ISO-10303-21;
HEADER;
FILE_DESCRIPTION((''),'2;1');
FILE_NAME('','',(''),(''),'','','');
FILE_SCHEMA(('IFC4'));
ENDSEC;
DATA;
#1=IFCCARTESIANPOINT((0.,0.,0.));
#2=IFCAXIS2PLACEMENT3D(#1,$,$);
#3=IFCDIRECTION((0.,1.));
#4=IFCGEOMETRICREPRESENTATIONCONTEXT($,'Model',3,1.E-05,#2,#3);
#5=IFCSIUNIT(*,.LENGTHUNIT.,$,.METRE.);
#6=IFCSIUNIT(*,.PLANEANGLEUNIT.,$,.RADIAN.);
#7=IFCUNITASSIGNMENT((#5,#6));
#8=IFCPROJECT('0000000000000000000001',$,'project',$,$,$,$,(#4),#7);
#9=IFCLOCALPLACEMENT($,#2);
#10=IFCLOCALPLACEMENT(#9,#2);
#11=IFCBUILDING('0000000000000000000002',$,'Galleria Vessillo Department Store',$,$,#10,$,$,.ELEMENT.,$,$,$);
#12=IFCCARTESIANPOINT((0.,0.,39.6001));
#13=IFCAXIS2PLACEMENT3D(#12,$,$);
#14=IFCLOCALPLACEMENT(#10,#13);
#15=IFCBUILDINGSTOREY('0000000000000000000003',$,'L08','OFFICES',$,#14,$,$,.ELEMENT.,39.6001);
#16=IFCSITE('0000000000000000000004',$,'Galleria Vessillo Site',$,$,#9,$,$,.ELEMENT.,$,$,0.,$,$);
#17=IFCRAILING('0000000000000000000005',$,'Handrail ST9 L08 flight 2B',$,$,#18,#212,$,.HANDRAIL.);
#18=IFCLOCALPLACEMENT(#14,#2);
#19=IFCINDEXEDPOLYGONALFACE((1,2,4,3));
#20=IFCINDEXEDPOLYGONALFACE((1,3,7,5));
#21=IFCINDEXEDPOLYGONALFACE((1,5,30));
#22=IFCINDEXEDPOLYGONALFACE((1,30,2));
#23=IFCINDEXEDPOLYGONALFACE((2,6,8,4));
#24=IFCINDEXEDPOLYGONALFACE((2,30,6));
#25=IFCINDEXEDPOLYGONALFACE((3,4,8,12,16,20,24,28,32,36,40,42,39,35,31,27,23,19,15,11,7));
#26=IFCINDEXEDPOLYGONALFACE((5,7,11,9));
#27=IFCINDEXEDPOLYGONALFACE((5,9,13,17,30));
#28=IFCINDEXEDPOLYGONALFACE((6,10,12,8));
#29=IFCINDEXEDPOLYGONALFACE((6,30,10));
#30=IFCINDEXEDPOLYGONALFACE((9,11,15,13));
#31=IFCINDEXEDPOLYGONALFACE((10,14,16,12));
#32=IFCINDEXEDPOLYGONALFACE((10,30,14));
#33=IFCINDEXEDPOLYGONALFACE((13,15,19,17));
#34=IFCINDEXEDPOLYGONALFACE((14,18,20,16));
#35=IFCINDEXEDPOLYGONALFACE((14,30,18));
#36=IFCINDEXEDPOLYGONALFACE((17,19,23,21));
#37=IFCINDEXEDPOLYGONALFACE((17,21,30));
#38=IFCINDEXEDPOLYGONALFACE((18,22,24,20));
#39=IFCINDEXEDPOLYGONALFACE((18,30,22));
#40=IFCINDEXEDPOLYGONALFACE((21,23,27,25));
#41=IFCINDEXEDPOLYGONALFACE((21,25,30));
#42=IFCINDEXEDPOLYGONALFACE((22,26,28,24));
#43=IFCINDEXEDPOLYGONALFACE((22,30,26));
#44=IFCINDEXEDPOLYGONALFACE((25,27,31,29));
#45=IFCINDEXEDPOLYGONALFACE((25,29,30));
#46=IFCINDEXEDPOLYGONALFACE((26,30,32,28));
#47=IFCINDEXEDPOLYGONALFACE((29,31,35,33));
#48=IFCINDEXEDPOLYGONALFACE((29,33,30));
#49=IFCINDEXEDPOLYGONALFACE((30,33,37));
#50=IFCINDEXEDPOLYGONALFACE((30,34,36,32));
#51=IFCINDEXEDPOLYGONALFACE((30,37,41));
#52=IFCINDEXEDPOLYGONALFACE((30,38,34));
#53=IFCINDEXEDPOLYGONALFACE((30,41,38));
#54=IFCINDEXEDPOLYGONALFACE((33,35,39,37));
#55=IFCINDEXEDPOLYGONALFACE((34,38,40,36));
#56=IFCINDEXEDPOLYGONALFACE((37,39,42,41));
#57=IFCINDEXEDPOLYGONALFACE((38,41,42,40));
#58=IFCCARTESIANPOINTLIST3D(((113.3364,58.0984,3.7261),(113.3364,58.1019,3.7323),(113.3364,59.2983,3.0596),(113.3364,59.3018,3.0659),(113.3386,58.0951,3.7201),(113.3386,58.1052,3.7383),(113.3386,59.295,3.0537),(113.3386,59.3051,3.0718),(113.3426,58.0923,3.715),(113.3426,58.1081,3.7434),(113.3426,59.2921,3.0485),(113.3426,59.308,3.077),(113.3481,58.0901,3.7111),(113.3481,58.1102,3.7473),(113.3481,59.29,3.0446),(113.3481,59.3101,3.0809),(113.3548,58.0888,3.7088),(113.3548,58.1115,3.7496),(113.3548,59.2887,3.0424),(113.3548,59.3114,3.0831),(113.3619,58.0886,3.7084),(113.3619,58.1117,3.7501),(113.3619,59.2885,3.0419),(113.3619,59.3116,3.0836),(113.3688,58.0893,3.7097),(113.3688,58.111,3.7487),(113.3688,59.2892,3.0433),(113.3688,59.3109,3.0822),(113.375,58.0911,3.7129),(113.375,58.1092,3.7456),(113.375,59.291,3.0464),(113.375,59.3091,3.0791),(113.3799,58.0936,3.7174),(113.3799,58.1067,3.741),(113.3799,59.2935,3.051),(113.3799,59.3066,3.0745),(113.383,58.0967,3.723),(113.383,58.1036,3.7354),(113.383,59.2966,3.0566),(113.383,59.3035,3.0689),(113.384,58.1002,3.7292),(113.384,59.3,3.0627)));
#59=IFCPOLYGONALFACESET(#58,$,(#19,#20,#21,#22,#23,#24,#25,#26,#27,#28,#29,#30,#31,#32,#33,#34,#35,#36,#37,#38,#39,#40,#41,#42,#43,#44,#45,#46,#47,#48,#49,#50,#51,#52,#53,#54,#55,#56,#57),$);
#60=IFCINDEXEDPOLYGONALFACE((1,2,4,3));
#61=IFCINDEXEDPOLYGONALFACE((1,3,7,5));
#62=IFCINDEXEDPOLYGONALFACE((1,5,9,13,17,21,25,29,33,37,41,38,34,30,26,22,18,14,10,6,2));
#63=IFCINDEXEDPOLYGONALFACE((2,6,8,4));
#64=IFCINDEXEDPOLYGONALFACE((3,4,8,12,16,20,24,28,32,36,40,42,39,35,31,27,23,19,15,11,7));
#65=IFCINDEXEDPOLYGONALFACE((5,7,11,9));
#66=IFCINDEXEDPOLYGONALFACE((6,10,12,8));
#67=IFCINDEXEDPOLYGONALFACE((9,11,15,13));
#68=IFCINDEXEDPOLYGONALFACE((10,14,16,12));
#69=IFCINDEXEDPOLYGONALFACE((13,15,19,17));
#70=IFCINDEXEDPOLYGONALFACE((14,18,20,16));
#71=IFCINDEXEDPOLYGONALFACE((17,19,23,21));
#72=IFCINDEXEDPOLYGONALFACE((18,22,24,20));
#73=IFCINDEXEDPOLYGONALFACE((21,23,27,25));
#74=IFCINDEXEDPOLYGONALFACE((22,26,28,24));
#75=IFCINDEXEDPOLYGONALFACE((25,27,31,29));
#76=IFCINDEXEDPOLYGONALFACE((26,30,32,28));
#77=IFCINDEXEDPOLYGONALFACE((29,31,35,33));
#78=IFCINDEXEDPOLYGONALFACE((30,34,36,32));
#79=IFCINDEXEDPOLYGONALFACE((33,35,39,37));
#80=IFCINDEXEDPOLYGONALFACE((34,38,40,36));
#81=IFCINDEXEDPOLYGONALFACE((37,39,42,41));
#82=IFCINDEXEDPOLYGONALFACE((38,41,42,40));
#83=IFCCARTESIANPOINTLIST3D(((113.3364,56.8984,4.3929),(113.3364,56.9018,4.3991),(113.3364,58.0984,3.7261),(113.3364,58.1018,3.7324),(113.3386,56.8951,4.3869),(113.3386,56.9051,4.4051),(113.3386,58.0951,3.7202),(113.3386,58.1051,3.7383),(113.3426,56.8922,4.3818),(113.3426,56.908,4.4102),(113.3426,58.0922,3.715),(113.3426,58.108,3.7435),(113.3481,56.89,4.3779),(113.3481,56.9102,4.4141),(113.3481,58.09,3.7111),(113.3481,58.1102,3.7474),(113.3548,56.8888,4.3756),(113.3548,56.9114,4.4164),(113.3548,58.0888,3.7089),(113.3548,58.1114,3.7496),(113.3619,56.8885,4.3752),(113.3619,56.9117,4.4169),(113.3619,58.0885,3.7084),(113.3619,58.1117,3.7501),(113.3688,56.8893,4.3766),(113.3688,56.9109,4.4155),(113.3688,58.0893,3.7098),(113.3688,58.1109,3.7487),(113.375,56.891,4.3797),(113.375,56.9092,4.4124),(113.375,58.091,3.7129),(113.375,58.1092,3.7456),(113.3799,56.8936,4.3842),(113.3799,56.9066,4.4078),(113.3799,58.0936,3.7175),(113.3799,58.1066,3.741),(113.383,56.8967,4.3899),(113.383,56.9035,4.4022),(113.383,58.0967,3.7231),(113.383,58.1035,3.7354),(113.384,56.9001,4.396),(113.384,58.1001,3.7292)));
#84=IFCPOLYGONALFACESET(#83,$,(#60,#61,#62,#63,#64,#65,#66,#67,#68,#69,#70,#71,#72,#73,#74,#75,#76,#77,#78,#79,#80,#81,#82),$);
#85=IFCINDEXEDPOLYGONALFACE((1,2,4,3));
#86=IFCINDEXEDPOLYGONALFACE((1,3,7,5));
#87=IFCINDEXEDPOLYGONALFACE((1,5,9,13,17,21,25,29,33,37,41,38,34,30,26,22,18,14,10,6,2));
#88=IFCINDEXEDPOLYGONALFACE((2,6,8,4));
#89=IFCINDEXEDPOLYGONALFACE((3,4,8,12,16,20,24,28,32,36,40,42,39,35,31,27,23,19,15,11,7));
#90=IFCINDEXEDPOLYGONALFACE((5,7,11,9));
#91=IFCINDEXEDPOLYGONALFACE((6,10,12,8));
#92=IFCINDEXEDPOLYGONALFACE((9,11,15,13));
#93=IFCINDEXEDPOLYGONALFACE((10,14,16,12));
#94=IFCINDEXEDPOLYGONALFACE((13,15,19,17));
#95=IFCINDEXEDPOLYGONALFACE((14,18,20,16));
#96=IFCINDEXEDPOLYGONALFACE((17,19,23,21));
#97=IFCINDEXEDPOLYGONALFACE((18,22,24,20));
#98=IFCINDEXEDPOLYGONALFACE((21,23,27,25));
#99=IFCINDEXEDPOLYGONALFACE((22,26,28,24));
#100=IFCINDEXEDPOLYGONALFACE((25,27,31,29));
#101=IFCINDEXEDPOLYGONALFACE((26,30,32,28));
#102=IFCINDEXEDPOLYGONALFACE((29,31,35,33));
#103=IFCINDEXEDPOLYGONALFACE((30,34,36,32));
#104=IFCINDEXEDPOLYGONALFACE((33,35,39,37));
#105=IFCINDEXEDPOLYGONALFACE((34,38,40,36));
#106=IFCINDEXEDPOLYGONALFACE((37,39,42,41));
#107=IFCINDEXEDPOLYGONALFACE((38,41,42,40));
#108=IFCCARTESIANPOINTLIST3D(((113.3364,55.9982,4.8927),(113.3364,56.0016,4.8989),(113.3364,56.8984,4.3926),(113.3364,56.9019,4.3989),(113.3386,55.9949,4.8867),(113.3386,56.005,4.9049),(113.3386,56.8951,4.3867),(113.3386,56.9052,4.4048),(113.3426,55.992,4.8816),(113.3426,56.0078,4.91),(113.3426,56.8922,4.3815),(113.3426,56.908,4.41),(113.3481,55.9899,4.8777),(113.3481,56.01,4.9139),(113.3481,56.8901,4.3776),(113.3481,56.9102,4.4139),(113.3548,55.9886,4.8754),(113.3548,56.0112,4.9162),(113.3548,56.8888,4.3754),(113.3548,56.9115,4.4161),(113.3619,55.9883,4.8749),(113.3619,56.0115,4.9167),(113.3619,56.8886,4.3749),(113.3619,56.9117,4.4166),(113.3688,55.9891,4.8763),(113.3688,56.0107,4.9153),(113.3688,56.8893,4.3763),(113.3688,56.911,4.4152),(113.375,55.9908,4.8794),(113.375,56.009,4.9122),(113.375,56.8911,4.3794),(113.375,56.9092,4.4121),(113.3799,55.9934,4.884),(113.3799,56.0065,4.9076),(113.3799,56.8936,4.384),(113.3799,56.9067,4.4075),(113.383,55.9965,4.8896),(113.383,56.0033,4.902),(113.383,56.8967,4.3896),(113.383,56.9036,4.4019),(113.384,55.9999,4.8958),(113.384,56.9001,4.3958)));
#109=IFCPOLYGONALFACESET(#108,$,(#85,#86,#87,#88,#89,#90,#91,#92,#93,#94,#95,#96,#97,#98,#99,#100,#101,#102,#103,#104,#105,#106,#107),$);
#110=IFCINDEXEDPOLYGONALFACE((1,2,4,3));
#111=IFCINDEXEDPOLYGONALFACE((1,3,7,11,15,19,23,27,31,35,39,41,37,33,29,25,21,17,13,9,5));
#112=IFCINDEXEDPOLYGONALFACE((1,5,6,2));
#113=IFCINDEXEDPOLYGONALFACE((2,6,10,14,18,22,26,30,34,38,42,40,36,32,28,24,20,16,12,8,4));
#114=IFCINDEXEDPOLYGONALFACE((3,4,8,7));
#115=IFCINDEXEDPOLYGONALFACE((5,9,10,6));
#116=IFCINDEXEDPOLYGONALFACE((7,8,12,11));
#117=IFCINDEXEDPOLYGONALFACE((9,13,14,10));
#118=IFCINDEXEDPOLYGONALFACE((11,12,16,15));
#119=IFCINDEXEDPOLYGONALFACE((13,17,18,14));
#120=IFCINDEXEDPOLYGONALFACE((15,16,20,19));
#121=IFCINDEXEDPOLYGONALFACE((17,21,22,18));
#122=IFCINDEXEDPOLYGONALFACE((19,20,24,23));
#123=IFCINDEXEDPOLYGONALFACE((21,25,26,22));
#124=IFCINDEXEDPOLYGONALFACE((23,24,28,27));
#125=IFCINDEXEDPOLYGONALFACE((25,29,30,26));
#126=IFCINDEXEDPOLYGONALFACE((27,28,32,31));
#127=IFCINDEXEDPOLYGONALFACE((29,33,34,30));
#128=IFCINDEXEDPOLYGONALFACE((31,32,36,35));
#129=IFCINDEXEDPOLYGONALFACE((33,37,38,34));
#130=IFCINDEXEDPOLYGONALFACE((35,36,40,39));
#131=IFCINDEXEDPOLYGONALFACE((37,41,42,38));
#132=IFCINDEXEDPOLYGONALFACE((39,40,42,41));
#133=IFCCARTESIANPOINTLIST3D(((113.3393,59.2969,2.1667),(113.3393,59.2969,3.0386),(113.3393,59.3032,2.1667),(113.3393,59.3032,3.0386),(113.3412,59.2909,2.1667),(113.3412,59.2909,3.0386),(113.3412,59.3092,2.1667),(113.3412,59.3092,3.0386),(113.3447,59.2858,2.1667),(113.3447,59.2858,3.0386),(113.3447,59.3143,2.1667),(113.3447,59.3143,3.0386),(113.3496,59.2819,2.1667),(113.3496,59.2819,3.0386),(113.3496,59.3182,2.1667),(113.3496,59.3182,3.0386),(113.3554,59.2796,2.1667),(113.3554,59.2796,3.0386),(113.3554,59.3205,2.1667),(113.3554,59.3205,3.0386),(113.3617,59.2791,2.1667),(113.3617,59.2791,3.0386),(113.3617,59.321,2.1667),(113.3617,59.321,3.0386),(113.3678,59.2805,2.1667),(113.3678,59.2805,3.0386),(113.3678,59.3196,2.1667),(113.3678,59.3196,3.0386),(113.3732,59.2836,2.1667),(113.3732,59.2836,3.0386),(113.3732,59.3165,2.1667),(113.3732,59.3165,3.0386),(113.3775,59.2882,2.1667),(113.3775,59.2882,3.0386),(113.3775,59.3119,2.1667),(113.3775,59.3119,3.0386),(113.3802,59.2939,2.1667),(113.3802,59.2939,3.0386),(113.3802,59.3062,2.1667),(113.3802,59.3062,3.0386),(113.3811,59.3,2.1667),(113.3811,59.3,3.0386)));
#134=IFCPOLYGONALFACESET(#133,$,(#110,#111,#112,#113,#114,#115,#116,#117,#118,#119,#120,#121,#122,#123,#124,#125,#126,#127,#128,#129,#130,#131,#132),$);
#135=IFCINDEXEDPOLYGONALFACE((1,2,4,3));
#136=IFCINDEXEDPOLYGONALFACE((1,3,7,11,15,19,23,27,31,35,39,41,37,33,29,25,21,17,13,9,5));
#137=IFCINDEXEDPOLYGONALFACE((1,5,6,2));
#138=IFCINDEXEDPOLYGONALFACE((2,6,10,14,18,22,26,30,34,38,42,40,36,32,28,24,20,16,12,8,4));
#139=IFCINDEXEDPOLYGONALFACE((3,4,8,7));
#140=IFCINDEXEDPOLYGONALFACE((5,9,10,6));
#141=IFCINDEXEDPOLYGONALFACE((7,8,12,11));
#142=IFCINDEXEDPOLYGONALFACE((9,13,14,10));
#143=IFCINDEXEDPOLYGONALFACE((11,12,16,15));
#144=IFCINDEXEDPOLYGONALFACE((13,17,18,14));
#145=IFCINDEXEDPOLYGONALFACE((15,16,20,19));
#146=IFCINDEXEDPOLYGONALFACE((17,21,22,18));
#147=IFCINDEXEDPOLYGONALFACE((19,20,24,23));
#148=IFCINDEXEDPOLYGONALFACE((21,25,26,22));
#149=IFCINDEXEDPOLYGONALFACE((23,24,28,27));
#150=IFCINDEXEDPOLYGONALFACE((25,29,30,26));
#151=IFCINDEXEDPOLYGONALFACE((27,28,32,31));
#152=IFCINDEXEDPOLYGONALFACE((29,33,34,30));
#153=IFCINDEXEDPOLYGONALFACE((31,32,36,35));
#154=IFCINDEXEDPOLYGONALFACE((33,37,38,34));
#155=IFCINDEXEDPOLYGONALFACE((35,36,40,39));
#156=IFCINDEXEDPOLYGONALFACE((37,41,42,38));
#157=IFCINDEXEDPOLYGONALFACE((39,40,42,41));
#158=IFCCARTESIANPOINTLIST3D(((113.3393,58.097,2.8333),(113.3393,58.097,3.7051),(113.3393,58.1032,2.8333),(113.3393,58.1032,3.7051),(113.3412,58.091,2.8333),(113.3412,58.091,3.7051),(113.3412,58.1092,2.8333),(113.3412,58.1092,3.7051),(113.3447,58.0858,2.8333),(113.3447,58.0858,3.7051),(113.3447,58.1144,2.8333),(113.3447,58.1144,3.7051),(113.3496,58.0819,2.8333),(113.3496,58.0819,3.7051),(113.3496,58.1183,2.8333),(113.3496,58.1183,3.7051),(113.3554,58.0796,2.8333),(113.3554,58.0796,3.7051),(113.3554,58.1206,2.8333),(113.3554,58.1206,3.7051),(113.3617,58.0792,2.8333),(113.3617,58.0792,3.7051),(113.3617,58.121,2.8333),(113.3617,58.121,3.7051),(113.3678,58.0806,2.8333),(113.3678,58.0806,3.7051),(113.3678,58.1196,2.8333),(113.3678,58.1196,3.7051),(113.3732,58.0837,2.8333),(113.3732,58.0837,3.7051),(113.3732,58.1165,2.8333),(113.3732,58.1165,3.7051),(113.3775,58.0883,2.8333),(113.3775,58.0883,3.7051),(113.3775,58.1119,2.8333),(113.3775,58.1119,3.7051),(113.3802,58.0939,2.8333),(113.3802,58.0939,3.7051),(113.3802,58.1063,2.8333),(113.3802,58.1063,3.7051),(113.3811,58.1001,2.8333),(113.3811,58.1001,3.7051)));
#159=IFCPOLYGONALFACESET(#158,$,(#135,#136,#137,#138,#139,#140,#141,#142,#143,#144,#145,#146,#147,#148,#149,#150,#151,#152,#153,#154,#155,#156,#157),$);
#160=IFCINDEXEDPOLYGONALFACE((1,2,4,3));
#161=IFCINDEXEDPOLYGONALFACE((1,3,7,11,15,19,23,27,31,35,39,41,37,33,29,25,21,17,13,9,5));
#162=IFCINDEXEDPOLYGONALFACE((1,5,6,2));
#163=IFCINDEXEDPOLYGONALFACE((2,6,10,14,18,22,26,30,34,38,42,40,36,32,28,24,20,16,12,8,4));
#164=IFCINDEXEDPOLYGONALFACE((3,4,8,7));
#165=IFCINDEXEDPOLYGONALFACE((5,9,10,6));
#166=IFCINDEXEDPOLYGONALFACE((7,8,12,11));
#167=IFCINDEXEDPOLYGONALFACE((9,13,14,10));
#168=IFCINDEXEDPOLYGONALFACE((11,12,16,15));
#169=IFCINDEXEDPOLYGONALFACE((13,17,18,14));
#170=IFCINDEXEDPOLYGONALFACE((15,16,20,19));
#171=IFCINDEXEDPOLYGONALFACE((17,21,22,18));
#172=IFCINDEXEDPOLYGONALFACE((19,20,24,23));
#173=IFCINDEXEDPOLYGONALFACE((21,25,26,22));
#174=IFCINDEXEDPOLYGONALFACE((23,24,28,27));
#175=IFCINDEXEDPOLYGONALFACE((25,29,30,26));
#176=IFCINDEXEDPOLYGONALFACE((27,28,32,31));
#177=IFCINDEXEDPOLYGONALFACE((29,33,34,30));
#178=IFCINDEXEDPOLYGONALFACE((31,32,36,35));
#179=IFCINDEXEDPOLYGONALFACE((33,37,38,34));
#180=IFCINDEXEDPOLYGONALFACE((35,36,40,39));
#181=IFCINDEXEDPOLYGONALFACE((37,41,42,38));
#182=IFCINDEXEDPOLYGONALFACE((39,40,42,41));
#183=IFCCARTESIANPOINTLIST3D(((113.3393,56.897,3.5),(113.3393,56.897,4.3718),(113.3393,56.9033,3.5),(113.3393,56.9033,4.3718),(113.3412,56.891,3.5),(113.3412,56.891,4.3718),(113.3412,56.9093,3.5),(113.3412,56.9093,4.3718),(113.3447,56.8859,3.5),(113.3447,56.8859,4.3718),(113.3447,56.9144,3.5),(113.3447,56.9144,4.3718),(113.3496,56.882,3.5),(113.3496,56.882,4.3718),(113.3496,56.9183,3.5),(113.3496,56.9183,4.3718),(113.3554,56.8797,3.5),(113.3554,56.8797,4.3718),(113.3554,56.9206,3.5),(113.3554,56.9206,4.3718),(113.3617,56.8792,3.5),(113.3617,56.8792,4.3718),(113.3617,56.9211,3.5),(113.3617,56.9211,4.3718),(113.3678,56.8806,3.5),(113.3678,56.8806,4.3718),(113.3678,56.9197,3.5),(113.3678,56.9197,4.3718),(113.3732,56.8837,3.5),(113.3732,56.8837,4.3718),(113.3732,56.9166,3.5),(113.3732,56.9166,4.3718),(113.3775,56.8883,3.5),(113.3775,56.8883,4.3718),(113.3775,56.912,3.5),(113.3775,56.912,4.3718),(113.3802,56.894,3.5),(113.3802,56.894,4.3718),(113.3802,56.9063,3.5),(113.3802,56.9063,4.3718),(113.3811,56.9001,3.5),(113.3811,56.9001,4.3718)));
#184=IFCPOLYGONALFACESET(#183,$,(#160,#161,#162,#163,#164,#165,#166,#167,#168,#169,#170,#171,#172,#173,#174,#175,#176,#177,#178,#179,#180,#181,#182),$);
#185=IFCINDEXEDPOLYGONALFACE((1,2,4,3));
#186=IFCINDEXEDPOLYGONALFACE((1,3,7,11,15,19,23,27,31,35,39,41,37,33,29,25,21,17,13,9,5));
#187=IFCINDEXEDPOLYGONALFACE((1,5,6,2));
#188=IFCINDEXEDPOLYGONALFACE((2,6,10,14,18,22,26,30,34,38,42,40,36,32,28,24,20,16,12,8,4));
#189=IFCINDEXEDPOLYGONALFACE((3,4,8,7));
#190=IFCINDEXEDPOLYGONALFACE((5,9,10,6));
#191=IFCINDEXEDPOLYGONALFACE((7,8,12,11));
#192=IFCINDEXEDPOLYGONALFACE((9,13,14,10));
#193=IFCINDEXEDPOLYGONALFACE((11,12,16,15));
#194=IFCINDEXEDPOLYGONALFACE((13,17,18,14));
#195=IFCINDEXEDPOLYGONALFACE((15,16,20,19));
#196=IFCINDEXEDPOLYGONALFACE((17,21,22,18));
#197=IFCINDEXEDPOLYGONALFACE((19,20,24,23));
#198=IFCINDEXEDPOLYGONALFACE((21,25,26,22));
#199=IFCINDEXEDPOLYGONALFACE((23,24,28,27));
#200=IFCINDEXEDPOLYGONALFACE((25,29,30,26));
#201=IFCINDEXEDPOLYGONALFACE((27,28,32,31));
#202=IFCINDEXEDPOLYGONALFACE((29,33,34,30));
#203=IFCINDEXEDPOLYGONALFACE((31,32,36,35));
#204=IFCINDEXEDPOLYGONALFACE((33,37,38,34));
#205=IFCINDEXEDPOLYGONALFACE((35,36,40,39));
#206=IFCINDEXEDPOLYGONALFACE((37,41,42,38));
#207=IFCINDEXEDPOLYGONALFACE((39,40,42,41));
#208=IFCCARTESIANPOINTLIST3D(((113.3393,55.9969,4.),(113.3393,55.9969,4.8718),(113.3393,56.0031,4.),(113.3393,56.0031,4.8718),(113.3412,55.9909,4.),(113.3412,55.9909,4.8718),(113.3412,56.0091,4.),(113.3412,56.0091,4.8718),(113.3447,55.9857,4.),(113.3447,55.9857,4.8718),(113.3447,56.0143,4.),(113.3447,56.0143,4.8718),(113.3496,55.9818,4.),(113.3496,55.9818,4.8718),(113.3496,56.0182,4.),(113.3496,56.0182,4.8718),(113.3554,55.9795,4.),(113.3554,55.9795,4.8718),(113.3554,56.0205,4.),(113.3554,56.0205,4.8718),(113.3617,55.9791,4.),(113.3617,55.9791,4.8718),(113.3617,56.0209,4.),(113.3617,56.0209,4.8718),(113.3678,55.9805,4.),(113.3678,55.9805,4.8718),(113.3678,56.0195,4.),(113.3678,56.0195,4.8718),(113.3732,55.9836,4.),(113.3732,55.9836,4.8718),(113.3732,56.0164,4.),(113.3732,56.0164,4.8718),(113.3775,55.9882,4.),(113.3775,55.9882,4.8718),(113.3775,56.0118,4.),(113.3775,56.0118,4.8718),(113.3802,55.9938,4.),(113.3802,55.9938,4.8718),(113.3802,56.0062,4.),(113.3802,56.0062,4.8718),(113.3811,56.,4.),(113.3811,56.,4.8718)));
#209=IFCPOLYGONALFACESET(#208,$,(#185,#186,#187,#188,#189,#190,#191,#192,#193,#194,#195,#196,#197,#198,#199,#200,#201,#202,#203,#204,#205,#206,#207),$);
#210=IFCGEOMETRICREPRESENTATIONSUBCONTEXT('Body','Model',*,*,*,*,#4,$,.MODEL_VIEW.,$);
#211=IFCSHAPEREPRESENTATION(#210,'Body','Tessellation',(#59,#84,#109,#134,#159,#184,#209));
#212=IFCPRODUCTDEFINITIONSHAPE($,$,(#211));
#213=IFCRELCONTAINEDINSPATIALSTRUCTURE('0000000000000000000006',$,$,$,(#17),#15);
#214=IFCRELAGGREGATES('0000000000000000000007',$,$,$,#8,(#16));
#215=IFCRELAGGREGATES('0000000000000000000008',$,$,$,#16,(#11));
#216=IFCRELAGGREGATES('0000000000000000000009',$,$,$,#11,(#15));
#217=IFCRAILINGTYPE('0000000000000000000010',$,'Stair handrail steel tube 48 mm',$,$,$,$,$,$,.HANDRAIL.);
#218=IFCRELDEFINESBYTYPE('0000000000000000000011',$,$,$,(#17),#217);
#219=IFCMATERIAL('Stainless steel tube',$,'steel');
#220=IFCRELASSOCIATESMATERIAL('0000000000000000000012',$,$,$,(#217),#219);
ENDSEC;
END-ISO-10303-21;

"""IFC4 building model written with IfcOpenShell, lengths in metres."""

from ifc_helpers import new_model, si_unit, direction, frame, origin, origin_2d, place, context, subcontext, project, spatial, circle, extrude, material, type_object, element, save


model = new_model("IFC4")

# Units and contexts
model_context = context("Model", 3, precision=1e-05, world=origin(), true_north=direction((0.0, 1.0)))
body_context = subcontext(model_context, "Body", "Model", "MODEL_VIEW")
ifc_project = project(units=[si_unit("LENGTHUNIT", "METRE"), si_unit("PLANEANGLEUNIT", "RADIAN")], contexts=[model_context])

# Site, building, storey
site_placement = place(None, origin())
site = spatial("IfcSite", under=ifc_project, at=site_placement, Name="Galleria Vessillo Site", CompositionType="ELEMENT", RefElevation=0.0)
building_placement = place(site_placement, origin())
building = spatial("IfcBuilding", under=site, at=building_placement, Name="Galleria Vessillo Department Store", CompositionType="ELEMENT")
storey_placement = place(building_placement, frame((0.0, 0.0, 39.6001)))
storey = spatial("IfcBuildingStorey", under=building, at=storey_placement, Name="L08", Description="OFFICES", CompositionType="ELEMENT", Elevation=39.6001)

# Railing
ifc_material_1 = material(Name="Stainless steel tube", Category="steel")
railing_type = type_object("IfcRailingType", Name="Stair handrail steel tube 48 mm", PredefinedType="HANDRAIL", material=ifc_material_1)
for number, where, name in (
    (1, (113.3601, 59.3, 2.1667), "Handrail ST9 L08 flight 2B"),
):
    element("IfcRailing", number, at=place(storey_placement, frame(where)), inside=storey, type_object=railing_type, Name=name, PredefinedType="HANDRAIL", context=body_context, shape_type="SweptSolid", body=[
        extrude(circle(Radius=0.0239, at=origin_2d()), frame((0.0, 0.0, 0.896), z_axis=(0.0, -0.874199, 0.485567), x_axis=(1.0, 0.0, 0.0)), (0.0, 0.0, 1.0), 1.3726),
        extrude(circle(Radius=0.0239, at=origin_2d()), frame((0.0, -1.2, 1.5625), z_axis=(0.0, -0.874124, 0.485703), x_axis=(1.0, 0.0, 0.0)), (0.0, 0.0, 1.0), 1.3728),
        extrude(circle(Radius=0.0239, at=origin_2d()), frame((0.0, -2.3999, 2.229), z_axis=(0.0, -0.874191, 0.485583), x_axis=(1.0, 0.0, 0.0)), (0.0, 0.0, 1.0), 1.0298),
        extrude(circle(Radius=0.021, at=origin_2d()), origin(), (0.0, 0.0, 1.0), 0.8718),
        extrude(circle(Radius=0.021, at=origin_2d()), frame((0.0, -1.2, 0.6665)), (0.0, 0.0, 1.0), 0.8718),
        extrude(circle(Radius=0.021, at=origin_2d()), frame((0.0, -2.3999, 1.3333)), (0.0, 0.0, 1.0), 0.8718),
        extrude(circle(Radius=0.021, at=origin_2d()), frame((0.0, -3.3, 1.8333)), (0.0, 0.0, 1.0), 0.8718),
    ])

save(model, "model.ifc")
